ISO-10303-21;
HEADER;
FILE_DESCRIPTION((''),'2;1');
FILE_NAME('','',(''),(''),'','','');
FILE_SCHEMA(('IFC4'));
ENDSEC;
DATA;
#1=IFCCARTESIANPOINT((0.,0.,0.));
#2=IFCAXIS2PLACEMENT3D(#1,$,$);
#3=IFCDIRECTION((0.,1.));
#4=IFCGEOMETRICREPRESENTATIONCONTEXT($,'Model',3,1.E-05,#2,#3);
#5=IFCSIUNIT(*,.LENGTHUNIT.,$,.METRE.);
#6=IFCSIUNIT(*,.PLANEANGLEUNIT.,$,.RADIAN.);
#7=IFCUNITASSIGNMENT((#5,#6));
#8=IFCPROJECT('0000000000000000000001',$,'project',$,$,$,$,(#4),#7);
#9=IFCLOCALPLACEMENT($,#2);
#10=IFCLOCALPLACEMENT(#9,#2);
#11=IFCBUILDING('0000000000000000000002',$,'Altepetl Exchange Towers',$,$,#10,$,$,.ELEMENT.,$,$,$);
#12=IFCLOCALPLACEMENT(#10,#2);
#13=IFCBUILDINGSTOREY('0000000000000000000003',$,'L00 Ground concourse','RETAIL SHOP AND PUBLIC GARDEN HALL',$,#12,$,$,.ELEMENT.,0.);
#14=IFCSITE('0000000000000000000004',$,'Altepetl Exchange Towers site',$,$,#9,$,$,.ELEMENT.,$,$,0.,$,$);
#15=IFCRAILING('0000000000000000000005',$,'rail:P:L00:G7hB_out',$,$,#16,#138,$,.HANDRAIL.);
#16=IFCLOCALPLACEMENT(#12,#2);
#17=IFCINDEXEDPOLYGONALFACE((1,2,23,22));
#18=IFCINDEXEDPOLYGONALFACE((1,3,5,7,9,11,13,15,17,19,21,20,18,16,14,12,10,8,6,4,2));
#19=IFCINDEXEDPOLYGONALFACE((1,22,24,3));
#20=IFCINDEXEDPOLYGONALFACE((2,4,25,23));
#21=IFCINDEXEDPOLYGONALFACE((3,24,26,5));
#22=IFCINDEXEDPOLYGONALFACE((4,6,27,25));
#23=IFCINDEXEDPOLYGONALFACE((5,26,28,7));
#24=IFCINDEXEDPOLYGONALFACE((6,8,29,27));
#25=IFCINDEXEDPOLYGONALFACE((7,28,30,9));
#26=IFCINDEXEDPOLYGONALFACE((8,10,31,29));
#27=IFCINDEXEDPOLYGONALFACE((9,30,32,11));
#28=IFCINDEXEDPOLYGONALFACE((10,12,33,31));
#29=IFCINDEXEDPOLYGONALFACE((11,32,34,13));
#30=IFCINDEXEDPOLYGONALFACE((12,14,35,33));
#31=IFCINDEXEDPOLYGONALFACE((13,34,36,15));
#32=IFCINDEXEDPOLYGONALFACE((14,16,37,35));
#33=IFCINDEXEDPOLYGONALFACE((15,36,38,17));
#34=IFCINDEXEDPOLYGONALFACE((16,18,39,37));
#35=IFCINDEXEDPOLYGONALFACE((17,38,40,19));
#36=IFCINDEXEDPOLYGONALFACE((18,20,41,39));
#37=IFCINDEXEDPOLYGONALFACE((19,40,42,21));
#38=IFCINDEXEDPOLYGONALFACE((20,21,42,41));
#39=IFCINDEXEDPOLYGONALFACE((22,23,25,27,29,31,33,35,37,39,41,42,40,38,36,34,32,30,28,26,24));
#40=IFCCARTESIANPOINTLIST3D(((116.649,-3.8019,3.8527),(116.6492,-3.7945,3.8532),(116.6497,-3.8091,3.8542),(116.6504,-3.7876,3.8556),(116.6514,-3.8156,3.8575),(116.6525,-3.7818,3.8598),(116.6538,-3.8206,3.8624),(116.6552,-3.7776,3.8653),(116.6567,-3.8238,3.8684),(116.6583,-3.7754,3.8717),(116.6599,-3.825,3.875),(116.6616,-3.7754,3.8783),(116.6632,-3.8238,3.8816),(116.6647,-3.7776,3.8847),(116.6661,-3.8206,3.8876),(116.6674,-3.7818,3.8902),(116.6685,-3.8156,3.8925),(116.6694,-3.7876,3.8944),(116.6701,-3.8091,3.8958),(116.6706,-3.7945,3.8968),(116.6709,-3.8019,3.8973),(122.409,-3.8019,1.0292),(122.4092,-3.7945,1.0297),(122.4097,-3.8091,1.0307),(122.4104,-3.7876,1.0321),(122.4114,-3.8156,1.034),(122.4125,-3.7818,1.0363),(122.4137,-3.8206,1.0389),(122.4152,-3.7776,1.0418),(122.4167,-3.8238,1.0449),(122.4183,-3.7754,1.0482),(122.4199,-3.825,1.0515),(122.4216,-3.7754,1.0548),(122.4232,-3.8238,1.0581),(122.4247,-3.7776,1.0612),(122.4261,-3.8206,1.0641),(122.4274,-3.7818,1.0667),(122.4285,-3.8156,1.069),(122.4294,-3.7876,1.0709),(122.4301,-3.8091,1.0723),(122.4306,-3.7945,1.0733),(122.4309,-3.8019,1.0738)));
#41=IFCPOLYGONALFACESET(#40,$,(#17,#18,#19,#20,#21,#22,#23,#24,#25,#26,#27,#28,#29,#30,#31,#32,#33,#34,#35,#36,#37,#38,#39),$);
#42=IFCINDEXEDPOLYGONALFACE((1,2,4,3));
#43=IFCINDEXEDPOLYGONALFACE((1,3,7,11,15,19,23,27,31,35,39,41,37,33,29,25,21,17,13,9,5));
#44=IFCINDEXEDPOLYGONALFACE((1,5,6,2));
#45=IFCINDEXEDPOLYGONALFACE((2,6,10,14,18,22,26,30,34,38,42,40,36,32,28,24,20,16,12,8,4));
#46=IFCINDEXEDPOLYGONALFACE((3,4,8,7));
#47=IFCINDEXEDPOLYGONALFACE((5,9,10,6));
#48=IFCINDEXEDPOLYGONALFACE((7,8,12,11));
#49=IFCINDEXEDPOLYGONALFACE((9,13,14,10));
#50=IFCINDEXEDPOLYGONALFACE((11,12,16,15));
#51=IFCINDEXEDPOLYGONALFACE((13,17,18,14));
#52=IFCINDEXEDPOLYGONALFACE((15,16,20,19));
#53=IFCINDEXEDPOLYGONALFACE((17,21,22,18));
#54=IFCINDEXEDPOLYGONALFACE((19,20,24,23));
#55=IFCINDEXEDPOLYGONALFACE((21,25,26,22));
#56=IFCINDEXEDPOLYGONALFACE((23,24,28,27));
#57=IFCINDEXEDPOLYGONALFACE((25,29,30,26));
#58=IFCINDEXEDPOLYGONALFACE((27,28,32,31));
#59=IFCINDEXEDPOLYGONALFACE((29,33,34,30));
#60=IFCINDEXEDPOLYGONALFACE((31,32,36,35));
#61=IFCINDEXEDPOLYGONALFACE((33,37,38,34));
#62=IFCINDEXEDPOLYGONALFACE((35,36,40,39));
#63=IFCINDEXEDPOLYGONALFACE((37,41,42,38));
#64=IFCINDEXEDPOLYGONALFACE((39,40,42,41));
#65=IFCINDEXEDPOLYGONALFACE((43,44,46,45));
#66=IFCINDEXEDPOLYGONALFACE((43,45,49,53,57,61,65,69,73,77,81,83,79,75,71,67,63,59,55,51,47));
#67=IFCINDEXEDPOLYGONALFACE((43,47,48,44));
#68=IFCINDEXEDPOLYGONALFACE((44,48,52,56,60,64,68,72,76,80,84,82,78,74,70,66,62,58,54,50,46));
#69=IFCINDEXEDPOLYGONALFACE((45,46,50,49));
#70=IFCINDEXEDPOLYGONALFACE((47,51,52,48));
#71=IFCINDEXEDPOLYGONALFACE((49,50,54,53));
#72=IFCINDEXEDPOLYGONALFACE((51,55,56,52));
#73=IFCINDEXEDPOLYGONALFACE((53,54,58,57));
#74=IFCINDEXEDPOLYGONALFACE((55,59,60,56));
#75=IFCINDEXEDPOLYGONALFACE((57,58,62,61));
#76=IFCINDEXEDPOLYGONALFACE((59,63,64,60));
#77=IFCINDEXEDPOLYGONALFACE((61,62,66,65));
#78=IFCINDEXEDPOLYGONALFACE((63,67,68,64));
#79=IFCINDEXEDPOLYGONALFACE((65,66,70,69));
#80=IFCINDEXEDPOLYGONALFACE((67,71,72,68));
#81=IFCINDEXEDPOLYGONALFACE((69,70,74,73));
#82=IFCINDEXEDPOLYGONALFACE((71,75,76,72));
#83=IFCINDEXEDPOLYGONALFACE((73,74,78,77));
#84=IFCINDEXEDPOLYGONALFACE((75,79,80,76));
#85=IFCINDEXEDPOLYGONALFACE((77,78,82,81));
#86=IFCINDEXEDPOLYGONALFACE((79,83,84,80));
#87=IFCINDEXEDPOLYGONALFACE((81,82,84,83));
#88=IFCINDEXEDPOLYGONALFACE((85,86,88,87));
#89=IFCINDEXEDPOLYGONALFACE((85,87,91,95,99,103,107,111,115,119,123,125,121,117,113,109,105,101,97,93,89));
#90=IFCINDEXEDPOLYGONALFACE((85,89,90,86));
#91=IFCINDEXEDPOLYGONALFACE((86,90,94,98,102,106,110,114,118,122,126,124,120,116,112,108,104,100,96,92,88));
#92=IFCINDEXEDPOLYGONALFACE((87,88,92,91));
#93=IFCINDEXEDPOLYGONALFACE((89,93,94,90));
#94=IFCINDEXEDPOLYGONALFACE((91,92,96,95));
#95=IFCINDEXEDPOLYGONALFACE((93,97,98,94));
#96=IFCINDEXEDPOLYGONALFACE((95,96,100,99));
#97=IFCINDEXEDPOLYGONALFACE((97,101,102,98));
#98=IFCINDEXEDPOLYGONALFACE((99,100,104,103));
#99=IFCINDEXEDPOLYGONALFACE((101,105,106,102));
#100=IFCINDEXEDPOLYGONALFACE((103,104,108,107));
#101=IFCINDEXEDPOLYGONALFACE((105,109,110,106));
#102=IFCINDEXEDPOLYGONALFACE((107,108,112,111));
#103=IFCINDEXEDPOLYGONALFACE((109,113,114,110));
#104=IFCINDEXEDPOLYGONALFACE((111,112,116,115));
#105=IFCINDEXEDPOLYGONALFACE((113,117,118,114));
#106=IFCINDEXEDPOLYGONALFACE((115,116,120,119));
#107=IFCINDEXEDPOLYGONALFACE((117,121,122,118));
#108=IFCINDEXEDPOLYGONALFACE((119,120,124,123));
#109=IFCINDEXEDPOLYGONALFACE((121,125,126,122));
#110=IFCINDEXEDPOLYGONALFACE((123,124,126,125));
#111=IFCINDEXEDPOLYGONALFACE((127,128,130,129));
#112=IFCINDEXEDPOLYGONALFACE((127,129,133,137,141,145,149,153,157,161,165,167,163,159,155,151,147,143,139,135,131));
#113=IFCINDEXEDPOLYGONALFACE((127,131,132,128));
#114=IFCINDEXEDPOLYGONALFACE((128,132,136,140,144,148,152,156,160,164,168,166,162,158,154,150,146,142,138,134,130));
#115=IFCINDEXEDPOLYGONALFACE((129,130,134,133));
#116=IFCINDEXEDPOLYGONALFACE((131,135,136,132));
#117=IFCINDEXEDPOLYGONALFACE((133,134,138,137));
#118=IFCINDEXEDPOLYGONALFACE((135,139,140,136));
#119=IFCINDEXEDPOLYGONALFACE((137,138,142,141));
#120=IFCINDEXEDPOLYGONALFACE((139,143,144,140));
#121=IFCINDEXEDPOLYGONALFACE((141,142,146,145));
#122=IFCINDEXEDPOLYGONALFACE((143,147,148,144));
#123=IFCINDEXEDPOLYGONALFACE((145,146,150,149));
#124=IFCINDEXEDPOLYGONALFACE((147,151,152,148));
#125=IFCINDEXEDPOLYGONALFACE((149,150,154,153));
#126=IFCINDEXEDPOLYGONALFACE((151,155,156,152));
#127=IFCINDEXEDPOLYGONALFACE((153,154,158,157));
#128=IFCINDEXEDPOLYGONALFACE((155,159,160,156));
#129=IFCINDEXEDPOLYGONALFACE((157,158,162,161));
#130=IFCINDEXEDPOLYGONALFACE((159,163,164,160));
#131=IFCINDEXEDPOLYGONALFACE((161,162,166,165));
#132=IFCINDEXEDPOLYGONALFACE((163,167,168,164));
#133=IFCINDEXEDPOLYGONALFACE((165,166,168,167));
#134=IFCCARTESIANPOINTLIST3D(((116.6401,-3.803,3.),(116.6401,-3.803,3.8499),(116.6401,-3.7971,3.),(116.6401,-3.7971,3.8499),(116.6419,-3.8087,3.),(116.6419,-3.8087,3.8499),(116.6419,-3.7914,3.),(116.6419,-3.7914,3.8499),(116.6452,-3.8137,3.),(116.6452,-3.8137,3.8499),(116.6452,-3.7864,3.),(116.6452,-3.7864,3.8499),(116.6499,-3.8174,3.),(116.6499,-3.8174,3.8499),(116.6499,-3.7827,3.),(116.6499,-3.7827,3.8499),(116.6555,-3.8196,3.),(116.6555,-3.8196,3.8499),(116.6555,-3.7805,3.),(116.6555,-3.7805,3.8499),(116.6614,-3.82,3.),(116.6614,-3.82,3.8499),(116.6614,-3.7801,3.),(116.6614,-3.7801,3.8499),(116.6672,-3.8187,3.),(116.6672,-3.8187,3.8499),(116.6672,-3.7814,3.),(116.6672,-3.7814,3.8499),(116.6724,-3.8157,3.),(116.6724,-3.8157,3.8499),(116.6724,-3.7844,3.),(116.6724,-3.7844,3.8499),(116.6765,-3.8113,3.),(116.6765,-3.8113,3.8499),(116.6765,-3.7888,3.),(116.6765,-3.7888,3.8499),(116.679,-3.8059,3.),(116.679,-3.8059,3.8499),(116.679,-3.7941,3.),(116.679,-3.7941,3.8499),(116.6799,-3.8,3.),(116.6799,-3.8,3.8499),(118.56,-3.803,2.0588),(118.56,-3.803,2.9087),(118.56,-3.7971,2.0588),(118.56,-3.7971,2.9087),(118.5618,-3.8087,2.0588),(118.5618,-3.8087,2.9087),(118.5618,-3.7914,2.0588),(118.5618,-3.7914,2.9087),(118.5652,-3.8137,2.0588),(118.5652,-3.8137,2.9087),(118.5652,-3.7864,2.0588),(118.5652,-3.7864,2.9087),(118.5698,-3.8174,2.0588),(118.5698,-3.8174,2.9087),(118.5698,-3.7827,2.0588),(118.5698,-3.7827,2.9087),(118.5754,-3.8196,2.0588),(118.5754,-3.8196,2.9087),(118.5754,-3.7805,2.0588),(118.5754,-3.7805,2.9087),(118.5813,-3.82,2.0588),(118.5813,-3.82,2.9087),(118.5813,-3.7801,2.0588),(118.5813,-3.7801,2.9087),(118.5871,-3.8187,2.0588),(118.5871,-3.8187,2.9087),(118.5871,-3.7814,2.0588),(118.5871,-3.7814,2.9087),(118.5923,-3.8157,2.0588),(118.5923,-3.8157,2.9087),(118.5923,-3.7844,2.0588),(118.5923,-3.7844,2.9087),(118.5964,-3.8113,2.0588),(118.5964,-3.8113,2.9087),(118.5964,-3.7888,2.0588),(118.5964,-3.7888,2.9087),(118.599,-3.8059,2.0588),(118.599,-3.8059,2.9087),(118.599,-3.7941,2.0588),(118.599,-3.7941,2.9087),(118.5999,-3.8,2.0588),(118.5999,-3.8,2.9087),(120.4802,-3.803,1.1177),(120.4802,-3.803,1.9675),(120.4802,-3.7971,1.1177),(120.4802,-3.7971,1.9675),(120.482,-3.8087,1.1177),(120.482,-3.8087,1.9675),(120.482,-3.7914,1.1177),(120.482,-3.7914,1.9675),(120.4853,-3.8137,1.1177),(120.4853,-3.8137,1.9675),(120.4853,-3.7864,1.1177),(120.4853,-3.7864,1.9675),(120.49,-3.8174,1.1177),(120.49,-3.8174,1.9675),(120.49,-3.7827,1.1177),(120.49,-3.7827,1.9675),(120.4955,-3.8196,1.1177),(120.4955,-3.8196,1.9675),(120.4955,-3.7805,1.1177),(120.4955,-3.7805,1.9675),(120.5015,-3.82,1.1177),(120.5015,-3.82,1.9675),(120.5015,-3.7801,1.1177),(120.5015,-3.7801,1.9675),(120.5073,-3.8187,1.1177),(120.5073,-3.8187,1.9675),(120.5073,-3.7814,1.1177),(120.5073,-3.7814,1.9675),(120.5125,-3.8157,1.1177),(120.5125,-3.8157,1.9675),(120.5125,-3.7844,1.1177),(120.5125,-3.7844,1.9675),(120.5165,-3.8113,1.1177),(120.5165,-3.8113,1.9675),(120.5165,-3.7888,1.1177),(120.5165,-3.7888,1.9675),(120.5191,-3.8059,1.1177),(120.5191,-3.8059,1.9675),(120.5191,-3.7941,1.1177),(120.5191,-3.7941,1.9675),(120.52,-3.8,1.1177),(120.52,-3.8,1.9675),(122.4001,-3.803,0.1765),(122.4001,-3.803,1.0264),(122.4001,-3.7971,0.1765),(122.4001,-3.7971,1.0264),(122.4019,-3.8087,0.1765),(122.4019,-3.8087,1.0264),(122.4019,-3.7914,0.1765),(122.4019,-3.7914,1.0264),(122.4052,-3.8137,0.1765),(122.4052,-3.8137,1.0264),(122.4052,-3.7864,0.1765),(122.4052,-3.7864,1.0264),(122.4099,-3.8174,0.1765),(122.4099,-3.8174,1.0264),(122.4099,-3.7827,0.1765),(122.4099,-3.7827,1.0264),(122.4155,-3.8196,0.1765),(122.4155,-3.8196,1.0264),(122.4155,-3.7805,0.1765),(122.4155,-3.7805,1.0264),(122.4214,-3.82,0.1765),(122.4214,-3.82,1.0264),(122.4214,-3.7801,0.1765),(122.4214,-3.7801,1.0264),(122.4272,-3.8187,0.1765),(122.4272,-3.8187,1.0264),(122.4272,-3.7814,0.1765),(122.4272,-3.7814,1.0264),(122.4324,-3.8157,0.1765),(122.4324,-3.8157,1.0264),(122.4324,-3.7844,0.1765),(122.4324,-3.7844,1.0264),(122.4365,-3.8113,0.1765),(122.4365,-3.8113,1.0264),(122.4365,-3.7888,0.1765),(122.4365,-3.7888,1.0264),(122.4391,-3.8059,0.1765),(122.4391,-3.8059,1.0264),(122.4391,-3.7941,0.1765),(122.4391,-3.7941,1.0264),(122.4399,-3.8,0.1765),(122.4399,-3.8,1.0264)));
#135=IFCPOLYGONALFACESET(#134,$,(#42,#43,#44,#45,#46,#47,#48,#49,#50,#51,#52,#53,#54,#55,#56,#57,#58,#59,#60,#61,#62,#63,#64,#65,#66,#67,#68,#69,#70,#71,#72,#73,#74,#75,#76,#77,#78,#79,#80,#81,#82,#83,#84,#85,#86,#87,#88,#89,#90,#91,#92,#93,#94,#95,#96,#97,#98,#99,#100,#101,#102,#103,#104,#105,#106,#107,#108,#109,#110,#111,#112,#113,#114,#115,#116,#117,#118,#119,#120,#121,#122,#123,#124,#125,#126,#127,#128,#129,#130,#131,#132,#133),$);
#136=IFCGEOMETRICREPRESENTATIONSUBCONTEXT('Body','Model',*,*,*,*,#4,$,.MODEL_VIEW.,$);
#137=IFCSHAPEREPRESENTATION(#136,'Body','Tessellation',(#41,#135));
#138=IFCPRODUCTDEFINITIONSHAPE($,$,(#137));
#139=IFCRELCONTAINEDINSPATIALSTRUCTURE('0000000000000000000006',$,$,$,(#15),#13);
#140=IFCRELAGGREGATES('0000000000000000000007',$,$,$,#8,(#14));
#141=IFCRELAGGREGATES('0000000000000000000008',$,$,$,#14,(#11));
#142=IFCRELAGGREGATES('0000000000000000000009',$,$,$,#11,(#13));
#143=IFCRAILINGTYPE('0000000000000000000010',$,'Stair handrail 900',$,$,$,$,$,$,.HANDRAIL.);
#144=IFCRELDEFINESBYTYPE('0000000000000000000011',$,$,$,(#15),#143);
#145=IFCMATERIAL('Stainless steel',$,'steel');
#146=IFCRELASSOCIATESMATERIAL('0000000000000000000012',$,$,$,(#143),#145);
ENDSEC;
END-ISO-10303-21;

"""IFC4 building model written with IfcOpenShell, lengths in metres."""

from ifc_helpers import new_model, si_unit, direction, frame, origin, origin_2d, place, context, subcontext, project, spatial, circle, extrude, source, transform, mapped, material, type_object, element, save


model = new_model("IFC4")

# Units and contexts
model_context = context("Model", 3, precision=1e-05, world=origin(), true_north=direction((0.0, 1.0)))
body_context = subcontext(model_context, "Body", "Model", "MODEL_VIEW")
ifc_project = project(units=[si_unit("LENGTHUNIT", "METRE"), si_unit("PLANEANGLEUNIT", "RADIAN")], contexts=[model_context])

# Site, building, storey
site_placement = place(None, origin())
site = spatial("IfcSite", under=ifc_project, at=site_placement, Name="Altepetl Exchange Towers site", CompositionType="ELEMENT", RefElevation=0.0)
building_placement = place(site_placement, origin())
building = spatial("IfcBuilding", under=site, at=building_placement, Name="Altepetl Exchange Towers", CompositionType="ELEMENT")
storey_placement = place(building_placement, origin())
storey = spatial("IfcBuildingStorey", under=building, at=storey_placement, Name="L00 Ground concourse", Description="RETAIL SHOP AND PUBLIC GARDEN HALL", CompositionType="ELEMENT", Elevation=0.0)

# Railing
ifc_material_1 = material(Name="Stainless steel", Category="steel")
railing_type_1 = type_object("IfcRailingType", Name="Stair handrail 900", PredefinedType="HANDRAIL", material=ifc_material_1)
shared_shape_1 = source(origin(), body_context, "Body", "SweptSolid", [
    extrude(circle(Radius=0.02, at=origin_2d()), origin(), (0.0, 0.0, 1.0), 0.8499),
])
for number, where, name in (
    (1, (122.4199, -3.8, 0.1765), "rail:P:L00:G7hB_out"),
):
    element("IfcRailing", number, at=place(storey_placement, frame(where)), inside=storey, type_object=railing_type_1, Name=name, PredefinedType="HANDRAIL", context=body_context, shape_type="SweptSolid", body=[
        extrude(circle(Radius=0.0249, at=origin_2d()), frame((0.0, 0.0, 0.875), z_axis=(-0.897924, 0.0, 0.440151), x_axis=(0.0, -1.0, 0.0)), (0.0, 0.0, 1.0), 6.4148),
        mapped(shared_shape_1, transform((0.0, 0.0, 0.0))),
        mapped(shared_shape_1, transform((-1.9199, 0.0, 0.9412))),
        mapped(shared_shape_1, transform((-3.8401, 0.0, 1.8823))),
        mapped(shared_shape_1, transform((-5.76, 0.0, 2.8235))),
    ])

save(model, "model.ifc")
